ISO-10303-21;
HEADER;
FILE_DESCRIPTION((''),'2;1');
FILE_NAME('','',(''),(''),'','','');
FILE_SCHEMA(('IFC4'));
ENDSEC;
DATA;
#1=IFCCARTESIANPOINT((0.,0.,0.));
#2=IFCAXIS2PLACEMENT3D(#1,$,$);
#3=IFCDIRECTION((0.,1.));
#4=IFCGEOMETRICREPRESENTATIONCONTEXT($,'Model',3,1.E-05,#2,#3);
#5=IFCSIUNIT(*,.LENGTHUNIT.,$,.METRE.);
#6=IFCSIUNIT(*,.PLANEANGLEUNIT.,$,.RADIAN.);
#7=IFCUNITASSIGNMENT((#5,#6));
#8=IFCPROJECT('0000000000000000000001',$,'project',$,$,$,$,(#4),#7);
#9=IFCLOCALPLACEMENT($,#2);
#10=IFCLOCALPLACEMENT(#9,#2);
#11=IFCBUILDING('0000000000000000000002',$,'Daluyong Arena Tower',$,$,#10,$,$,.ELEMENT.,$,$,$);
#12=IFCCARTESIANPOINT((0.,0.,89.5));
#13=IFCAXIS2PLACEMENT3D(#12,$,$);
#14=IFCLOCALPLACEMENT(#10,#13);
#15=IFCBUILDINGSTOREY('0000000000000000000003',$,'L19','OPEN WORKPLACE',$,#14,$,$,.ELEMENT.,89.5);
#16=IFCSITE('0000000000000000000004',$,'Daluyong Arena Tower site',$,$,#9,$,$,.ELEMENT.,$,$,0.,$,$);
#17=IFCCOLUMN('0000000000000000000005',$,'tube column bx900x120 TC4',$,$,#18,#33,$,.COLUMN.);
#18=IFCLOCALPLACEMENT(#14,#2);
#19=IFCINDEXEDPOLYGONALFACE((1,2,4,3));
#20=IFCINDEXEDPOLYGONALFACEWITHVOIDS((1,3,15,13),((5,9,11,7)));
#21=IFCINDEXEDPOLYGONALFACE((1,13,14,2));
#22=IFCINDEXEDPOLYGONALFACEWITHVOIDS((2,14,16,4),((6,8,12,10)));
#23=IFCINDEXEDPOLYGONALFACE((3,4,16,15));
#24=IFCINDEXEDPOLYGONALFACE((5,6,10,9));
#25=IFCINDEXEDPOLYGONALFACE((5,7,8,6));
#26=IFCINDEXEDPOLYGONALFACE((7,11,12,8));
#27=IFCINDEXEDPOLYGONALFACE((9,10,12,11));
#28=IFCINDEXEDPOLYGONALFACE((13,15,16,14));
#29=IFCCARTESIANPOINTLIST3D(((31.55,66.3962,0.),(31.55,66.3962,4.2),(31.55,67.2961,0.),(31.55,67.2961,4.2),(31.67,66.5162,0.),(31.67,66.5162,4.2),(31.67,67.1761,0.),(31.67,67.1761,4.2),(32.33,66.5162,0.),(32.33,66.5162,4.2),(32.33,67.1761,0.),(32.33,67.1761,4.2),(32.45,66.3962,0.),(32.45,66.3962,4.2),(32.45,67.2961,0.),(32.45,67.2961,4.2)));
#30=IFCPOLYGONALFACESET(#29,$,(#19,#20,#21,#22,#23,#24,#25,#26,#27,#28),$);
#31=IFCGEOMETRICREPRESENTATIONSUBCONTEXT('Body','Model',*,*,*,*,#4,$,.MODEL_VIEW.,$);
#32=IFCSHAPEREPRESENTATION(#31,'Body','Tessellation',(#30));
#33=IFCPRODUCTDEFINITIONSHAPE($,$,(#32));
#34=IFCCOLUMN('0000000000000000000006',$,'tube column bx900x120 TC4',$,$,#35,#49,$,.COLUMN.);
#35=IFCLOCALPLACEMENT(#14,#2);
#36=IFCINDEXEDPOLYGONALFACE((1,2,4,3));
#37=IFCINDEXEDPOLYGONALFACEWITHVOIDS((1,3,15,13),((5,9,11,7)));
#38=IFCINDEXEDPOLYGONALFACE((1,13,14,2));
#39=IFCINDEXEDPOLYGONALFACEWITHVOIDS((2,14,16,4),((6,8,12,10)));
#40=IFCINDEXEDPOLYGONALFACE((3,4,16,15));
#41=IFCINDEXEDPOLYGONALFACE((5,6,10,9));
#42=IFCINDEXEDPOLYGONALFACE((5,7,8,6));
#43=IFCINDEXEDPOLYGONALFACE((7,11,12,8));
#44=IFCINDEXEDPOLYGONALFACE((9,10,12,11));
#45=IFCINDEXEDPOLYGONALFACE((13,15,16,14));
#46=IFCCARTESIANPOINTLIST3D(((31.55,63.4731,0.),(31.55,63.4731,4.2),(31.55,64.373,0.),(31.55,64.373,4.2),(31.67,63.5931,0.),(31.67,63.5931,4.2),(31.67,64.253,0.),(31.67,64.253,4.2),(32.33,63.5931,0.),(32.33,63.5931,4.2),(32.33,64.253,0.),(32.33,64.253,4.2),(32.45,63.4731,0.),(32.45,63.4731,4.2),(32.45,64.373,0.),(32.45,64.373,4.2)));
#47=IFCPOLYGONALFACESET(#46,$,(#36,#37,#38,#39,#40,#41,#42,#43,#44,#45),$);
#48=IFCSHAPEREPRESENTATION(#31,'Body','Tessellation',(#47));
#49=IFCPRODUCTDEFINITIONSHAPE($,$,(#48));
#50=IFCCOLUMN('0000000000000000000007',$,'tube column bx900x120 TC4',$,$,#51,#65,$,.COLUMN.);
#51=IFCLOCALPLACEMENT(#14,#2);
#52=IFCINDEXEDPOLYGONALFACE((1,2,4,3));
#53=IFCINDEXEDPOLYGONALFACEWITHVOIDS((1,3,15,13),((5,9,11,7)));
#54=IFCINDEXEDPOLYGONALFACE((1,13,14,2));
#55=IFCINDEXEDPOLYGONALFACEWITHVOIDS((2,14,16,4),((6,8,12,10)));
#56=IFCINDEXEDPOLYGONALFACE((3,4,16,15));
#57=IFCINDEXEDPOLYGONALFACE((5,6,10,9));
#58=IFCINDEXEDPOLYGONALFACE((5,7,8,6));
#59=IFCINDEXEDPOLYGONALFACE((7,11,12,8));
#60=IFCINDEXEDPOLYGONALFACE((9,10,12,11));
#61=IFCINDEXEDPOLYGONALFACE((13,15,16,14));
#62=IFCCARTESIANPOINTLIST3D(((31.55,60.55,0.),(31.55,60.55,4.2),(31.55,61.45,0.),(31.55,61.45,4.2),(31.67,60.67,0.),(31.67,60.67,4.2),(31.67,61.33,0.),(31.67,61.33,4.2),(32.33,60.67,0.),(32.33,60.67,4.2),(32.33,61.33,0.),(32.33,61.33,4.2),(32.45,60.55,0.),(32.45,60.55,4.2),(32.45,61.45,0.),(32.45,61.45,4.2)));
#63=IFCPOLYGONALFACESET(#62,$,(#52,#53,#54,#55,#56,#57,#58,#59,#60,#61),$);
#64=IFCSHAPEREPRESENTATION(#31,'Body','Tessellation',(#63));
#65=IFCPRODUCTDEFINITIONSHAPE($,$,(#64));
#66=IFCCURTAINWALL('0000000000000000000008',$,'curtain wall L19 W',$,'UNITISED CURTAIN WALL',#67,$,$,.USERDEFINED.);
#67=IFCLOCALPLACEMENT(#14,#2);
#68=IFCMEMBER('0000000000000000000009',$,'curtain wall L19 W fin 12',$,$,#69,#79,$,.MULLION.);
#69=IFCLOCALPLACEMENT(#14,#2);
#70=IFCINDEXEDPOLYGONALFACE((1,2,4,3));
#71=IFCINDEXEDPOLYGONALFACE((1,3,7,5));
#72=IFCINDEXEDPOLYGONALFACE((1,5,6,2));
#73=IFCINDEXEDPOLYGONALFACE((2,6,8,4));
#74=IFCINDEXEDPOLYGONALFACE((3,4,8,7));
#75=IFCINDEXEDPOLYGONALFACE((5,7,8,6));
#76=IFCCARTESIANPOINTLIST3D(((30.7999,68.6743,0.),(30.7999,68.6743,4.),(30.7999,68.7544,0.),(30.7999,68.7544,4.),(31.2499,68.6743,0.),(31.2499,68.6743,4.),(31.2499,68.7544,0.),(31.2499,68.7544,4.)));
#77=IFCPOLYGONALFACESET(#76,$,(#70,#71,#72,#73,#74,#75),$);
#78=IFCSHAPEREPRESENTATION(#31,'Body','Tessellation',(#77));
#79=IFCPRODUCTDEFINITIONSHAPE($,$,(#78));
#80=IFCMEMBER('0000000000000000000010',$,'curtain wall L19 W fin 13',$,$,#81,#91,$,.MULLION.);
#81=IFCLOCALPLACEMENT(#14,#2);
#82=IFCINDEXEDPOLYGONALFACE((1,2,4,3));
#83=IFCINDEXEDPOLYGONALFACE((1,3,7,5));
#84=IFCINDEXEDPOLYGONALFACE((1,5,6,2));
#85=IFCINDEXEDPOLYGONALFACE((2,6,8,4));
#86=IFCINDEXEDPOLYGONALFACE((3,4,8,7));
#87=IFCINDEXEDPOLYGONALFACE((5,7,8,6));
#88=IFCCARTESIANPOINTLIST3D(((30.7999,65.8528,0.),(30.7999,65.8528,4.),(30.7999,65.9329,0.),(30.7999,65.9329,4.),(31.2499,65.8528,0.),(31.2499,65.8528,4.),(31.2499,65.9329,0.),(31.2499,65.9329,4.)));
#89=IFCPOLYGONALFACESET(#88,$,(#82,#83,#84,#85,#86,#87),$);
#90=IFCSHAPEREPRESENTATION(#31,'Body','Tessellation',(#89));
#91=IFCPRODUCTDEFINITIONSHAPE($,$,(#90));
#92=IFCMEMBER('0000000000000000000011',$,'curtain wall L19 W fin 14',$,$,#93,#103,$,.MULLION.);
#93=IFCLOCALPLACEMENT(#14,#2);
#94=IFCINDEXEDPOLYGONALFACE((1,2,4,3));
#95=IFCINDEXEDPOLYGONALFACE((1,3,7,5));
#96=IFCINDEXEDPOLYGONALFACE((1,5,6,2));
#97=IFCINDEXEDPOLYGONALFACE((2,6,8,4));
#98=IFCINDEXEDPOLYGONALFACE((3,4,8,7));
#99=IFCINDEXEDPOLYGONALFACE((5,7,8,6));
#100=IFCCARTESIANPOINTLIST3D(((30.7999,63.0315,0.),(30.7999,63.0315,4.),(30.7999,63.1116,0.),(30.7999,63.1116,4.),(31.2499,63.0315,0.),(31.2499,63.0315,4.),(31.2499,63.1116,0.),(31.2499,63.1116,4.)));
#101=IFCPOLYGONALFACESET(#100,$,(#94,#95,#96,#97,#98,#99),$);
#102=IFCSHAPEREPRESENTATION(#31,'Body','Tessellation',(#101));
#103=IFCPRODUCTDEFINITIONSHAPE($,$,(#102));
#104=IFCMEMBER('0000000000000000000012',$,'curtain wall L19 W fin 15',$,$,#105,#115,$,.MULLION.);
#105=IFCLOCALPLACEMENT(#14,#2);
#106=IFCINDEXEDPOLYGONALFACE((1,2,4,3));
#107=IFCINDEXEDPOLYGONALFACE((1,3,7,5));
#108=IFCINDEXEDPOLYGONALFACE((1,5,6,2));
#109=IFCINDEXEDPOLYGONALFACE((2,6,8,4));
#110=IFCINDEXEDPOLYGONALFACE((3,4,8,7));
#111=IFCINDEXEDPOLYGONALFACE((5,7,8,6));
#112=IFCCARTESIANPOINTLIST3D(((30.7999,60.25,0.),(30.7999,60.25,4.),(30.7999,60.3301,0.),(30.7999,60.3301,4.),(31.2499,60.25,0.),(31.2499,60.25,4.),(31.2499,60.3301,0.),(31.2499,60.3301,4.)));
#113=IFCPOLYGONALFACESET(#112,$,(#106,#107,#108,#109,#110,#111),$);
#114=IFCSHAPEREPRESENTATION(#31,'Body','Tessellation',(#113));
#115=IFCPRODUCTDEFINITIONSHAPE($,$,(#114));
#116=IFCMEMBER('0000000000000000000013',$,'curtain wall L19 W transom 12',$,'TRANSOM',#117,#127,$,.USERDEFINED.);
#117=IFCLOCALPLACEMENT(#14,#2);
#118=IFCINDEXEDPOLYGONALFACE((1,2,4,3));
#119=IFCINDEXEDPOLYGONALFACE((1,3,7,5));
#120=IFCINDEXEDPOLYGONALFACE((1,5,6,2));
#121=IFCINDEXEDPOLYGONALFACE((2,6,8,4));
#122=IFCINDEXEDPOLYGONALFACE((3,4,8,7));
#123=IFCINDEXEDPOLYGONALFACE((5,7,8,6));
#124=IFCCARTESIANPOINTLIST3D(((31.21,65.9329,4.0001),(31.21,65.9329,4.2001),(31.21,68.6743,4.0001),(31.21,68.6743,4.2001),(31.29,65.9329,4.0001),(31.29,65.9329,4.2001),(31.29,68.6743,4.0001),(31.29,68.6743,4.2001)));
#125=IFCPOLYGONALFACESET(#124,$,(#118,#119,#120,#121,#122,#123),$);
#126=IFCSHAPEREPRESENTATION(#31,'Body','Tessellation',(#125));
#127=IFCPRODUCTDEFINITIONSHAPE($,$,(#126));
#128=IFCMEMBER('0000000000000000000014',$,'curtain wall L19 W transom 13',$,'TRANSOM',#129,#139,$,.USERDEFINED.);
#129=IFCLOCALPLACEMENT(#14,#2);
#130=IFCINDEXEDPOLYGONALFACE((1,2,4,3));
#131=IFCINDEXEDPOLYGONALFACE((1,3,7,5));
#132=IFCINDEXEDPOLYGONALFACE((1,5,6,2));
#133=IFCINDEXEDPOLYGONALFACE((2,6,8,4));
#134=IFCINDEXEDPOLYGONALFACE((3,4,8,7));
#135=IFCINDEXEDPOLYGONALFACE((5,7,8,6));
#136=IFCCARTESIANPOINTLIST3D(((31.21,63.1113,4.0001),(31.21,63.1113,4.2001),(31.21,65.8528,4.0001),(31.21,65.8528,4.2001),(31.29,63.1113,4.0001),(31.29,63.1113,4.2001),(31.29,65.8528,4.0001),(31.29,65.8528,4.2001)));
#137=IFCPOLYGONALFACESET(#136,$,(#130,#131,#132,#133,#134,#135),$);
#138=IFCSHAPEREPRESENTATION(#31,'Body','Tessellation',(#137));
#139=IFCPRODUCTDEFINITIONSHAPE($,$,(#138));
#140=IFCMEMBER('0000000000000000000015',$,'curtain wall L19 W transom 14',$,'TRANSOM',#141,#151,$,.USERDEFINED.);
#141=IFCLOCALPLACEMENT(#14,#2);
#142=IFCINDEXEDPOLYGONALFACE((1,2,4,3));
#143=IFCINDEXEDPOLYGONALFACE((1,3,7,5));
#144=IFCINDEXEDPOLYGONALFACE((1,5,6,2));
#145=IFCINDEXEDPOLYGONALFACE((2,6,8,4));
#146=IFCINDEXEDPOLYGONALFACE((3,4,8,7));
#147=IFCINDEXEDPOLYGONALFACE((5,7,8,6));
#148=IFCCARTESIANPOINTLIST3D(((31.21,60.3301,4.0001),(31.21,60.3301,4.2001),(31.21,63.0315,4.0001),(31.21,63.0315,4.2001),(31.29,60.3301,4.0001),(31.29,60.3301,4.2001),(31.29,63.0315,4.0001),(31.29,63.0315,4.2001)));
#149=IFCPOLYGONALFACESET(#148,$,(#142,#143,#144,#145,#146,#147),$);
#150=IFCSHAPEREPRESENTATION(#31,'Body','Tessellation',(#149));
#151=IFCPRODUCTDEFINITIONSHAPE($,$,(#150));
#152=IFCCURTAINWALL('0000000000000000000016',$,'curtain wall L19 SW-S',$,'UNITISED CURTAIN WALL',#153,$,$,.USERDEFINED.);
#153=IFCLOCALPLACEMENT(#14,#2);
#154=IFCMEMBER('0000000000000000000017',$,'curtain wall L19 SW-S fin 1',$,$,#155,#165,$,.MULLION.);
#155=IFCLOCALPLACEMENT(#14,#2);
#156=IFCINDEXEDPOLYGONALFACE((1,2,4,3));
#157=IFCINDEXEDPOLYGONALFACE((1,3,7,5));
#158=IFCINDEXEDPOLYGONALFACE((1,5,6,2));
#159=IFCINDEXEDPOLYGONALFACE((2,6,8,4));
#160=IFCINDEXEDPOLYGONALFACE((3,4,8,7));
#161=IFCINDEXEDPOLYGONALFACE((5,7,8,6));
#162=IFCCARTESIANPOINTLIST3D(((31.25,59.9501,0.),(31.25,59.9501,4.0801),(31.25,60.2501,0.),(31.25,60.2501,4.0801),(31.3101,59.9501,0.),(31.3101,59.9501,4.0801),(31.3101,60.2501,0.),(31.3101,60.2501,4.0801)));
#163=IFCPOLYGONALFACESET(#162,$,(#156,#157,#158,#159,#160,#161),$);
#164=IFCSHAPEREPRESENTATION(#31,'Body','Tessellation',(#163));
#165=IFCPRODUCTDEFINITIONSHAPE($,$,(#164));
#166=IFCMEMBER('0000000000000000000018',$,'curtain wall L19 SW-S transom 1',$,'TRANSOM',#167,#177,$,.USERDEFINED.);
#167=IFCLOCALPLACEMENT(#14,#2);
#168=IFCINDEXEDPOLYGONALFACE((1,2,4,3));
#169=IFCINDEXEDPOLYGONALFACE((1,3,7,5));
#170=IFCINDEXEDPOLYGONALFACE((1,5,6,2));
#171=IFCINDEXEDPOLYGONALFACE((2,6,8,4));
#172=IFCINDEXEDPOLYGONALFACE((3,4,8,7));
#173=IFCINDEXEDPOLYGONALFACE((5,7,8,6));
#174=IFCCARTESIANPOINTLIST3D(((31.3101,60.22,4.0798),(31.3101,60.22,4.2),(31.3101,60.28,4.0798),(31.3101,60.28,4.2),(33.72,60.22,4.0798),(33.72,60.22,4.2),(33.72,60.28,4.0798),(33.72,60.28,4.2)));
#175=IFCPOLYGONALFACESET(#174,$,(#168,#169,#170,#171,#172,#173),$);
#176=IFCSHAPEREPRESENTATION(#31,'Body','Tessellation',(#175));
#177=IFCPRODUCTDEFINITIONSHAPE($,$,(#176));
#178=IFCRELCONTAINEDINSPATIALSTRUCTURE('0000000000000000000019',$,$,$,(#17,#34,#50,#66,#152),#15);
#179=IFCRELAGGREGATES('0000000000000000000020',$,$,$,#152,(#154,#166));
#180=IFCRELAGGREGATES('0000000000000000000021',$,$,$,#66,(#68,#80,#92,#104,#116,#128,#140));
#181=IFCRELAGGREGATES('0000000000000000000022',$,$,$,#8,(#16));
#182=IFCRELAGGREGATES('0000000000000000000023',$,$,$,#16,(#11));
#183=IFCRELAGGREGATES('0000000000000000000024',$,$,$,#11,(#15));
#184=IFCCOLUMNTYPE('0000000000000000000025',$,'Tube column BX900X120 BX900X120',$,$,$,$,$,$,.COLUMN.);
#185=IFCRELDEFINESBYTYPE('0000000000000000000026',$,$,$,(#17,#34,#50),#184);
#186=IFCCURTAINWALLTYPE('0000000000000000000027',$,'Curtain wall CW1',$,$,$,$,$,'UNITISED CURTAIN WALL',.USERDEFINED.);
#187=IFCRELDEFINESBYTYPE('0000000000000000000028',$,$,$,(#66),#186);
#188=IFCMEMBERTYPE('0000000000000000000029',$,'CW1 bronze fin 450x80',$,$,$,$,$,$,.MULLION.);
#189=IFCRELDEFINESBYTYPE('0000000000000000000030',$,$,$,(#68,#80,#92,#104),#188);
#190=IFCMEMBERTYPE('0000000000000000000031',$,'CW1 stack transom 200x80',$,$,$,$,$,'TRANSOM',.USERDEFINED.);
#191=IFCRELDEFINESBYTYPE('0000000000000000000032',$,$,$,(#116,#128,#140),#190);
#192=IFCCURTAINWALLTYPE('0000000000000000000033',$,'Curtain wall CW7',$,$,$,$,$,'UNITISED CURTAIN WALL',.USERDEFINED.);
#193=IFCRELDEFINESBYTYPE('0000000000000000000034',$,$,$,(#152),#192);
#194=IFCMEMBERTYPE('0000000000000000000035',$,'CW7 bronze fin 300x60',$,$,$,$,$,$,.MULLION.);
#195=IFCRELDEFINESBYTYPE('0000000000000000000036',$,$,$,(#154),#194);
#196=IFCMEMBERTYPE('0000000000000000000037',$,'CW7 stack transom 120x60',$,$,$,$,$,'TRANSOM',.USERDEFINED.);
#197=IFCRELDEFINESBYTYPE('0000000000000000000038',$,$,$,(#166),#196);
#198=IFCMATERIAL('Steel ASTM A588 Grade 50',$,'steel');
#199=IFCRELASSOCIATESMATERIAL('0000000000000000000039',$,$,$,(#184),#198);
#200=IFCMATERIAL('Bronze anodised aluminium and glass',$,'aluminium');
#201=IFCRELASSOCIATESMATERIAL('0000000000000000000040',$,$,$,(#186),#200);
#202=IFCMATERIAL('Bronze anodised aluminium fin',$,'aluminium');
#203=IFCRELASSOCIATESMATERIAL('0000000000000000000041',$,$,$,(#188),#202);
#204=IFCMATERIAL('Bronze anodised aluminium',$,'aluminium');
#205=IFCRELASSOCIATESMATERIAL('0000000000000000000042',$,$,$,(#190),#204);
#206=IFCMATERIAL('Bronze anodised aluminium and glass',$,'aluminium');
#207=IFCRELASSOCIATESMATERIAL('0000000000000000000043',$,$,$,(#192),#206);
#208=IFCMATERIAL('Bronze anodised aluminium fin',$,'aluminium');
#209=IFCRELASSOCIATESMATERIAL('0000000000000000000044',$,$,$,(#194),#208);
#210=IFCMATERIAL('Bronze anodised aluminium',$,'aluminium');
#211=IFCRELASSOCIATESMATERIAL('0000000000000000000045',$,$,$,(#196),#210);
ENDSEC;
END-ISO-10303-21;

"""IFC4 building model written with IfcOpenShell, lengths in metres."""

from ifc_helpers import new_model, si_unit, direction, frame, origin, origin_2d, place, context, subcontext, project, spatial, rectangle, hollow_rectangle, extrude, material, material_profile, profile_set, type_object, element, aggregate, save


model = new_model("IFC4")

# Units and contexts
model_context = context("Model", 3, precision=1e-05, world=origin(), true_north=direction((0.0, 1.0)))
body_context = subcontext(model_context, "Body", "Model", "MODEL_VIEW")
ifc_project = project(units=[si_unit("LENGTHUNIT", "METRE"), si_unit("PLANEANGLEUNIT", "RADIAN")], contexts=[model_context])

# Site, building, storey
site_placement = place(None, origin())
site = spatial("IfcSite", under=ifc_project, at=site_placement, Name="Daluyong Arena Tower site", CompositionType="ELEMENT", RefElevation=0.0)
building_placement = place(site_placement, origin())
building = spatial("IfcBuilding", under=site, at=building_placement, Name="Daluyong Arena Tower", CompositionType="ELEMENT")
storey_placement = place(building_placement, frame((0.0, 0.0, 89.5)))
storey = spatial("IfcBuildingStorey", under=building, at=storey_placement, Name="L19", Description="OPEN WORKPLACE", CompositionType="ELEMENT", Elevation=89.5)

# Columns
ifc_material_1 = material(Name="Steel ASTM A588 Grade 50", Category="steel")
ifc_material_profile_1 = material_profile(ifc_material_1, hollow_rectangle(XDim=0.8999, YDim=0.8999, WallThickness=0.12, at=origin_2d()))
ifc_profile_set_1 = profile_set([ifc_material_profile_1], Name="Steel ASTM A588 Grade 50")
column_type = type_object("IfcColumnType", Name="Tube column BX900X120 BX900X120", PredefinedType="COLUMN", material=ifc_profile_set_1)
for number, where, z_axis, x_axis, name in (
    (1, (32.0, 66.8462, 0.0), (0.0, 0.0, 1.0), (0.0, 1.0, 0.0), "tube column bx900x120 TC4"),
    (2, (32.0, 63.9231, 0.0), (0.0, 0.0, 1.0), (0.0, 1.0, 0.0), "tube column bx900x120 TC4"),
    (3, (32.0, 61.0, 0.0), (0.0, 0.0, 1.0), (1.0, 0.0, 0.0), "tube column bx900x120 TC4"),
):
    element("IfcColumn", number, at=place(storey_placement, frame(where, z_axis=z_axis, x_axis=x_axis)), inside=storey, type_object=column_type, Name=name, PredefinedType="COLUMN", context=body_context, shape_type="SweptSolid", body=[
        extrude(hollow_rectangle(XDim=0.8999, YDim=0.8999, WallThickness=0.12, at=origin_2d()), origin(), (0.0, 0.0, 1.0), 4.2),
    ])

# Curtain walls, members
ifc_material_2 = material(Name="Bronze anodised aluminium and glass", Category="aluminium")
curtain_wall_type_1 = type_object("IfcCurtainWallType", Name="Curtain wall CW1", ElementType="UNITISED CURTAIN WALL", PredefinedType="USERDEFINED", material=ifc_material_2)
curtain_wall_1_placement = place(storey_placement, origin())
curtain_wall_1 = element("IfcCurtainWall", 4, at=curtain_wall_1_placement, inside=storey, type_object=curtain_wall_type_1, Name="curtain wall L19 W", ObjectType="UNITISED CURTAIN WALL", PredefinedType="USERDEFINED")
ifc_material_3 = material(Name="Bronze anodised aluminium fin", Category="aluminium")
ifc_material_profile_2 = material_profile(ifc_material_3, rectangle(XDim=0.45, YDim=0.0801, at=origin_2d()))
ifc_profile_set_2 = profile_set([ifc_material_profile_2], Name="Bronze anodised aluminium fin")
member_type_1 = type_object("IfcMemberType", Name="CW1 bronze fin 450x80", PredefinedType="MULLION", material=ifc_profile_set_2)
member_1_placement = place(storey_placement, frame((31.0249, 68.7144, 0.0), z_axis=(0.0, 0.0, 1.0), x_axis=(1.0, 0.0, 0.0)))
member_1 = element("IfcMember", 5, at=member_1_placement, type_object=member_type_1, Name="curtain wall L19 W fin 12", PredefinedType="MULLION", context=body_context, shape_type="SweptSolid", body=[
    extrude(rectangle(XDim=0.45, YDim=0.0801, at=origin_2d()), origin(), (0.0, 0.0, 1.0), 4.0),
])
member_2_placement = place(storey_placement, frame((31.0249, 65.8928, 0.0), z_axis=(0.0, 0.0, 1.0), x_axis=(1.0, 0.0, 0.0)))
member_2 = element("IfcMember", 6, at=member_2_placement, type_object=member_type_1, Name="curtain wall L19 W fin 13", PredefinedType="MULLION", context=body_context, shape_type="SweptSolid", body=[
    extrude(rectangle(XDim=0.45, YDim=0.0801, at=origin_2d()), origin(), (0.0, 0.0, 1.0), 4.0),
])
member_3_placement = place(storey_placement, frame((31.0249, 63.0715, 0.0), z_axis=(0.0, 0.0, 1.0), x_axis=(1.0, 0.0, 0.0)))
member_3 = element("IfcMember", 7, at=member_3_placement, type_object=member_type_1, Name="curtain wall L19 W fin 14", PredefinedType="MULLION", context=body_context, shape_type="SweptSolid", body=[
    extrude(rectangle(XDim=0.45, YDim=0.0801, at=origin_2d()), origin(), (0.0, 0.0, 1.0), 4.0),
])
member_4_placement = place(storey_placement, frame((31.0249, 60.29, 0.0), z_axis=(0.0, 0.0, 1.0), x_axis=(1.0, 0.0, 0.0)))
member_4 = element("IfcMember", 8, at=member_4_placement, type_object=member_type_1, Name="curtain wall L19 W fin 15", PredefinedType="MULLION", context=body_context, shape_type="SweptSolid", body=[
    extrude(rectangle(XDim=0.45, YDim=0.0801, at=origin_2d()), origin(), (0.0, 0.0, 1.0), 4.0),
])
ifc_material_4 = material(Name="Bronze anodised aluminium", Category="aluminium")
ifc_material_profile_3 = material_profile(ifc_material_4, rectangle(XDim=0.0801, YDim=0.2, at=origin_2d()))
ifc_profile_set_3 = profile_set([ifc_material_profile_3], Name="Bronze anodised aluminium")
member_type_2 = type_object("IfcMemberType", Name="CW1 stack transom 200x80", ElementType="TRANSOM", PredefinedType="USERDEFINED", material=ifc_profile_set_3)
member_5_placement = place(storey_placement, frame((31.25, 68.6743, 4.1001), z_axis=(0.0, -1.0, 0.0), x_axis=(1.0, 0.0, 0.0)))
member_5 = element("IfcMember", 9, at=member_5_placement, type_object=member_type_2, Name="curtain wall L19 W transom 12", ObjectType="TRANSOM", PredefinedType="USERDEFINED", context=body_context, shape_type="SweptSolid", body=[
    extrude(rectangle(XDim=0.0801, YDim=0.2, at=origin_2d()), origin(), (0.0, 0.0, 1.0), 2.7415),
])
member_6_placement = place(storey_placement, frame((31.25, 65.8528, 4.1001), z_axis=(0.0, -1.0, 0.0), x_axis=(1.0, 0.0, 0.0)))
member_6 = element("IfcMember", 10, at=member_6_placement, type_object=member_type_2, Name="curtain wall L19 W transom 13", ObjectType="TRANSOM", PredefinedType="USERDEFINED", context=body_context, shape_type="SweptSolid", body=[
    extrude(rectangle(XDim=0.0801, YDim=0.2, at=origin_2d()), origin(), (0.0, 0.0, 1.0), 2.7415),
])
member_7_placement = place(storey_placement, frame((31.25, 63.0315, 4.1001), z_axis=(0.0, -1.0, 0.0), x_axis=(1.0, 0.0, 0.0)))
member_7 = element("IfcMember", 11, at=member_7_placement, type_object=member_type_2, Name="curtain wall L19 W transom 14", ObjectType="TRANSOM", PredefinedType="USERDEFINED", context=body_context, shape_type="SweptSolid", body=[
    extrude(rectangle(XDim=0.0801, YDim=0.2, at=origin_2d()), origin(), (0.0, 0.0, 1.0), 2.7014),
])
ifc_material_5 = material(Name="Bronze anodised aluminium and glass", Category="aluminium")
curtain_wall_type_2 = type_object("IfcCurtainWallType", Name="Curtain wall CW7", ElementType="UNITISED CURTAIN WALL", PredefinedType="USERDEFINED", material=ifc_material_5)
curtain_wall_2_placement = place(storey_placement, origin())
curtain_wall_2 = element("IfcCurtainWall", 12, at=curtain_wall_2_placement, inside=storey, type_object=curtain_wall_type_2, Name="curtain wall L19 SW-S", ObjectType="UNITISED CURTAIN WALL", PredefinedType="USERDEFINED")
ifc_material_6 = material(Name="Bronze anodised aluminium fin", Category="aluminium")
ifc_material_profile_4 = material_profile(ifc_material_6, rectangle(XDim=0.3, YDim=0.0601, at=origin_2d()))
ifc_profile_set_4 = profile_set([ifc_material_profile_4], Name="Bronze anodised aluminium fin")
member_type_3 = type_object("IfcMemberType", Name="CW7 bronze fin 300x60", PredefinedType="MULLION", material=ifc_profile_set_4)
member_8_placement = place(storey_placement, frame((31.28, 60.1001, 0.0), z_axis=(0.0, 0.0, 1.0), x_axis=(0.0, 1.0, 0.0)))
member_8 = element("IfcMember", 13, at=member_8_placement, type_object=member_type_3, Name="curtain wall L19 SW-S fin 1", PredefinedType="MULLION", context=body_context, shape_type="SweptSolid", body=[
    extrude(rectangle(XDim=0.3, YDim=0.0601, at=origin_2d()), origin(), (0.0, 0.0, 1.0), 4.0801),
])
ifc_material_7 = material(Name="Bronze anodised aluminium", Category="aluminium")
ifc_material_profile_5 = material_profile(ifc_material_7, rectangle(XDim=0.0601, YDim=0.1201, at=origin_2d()))
ifc_profile_set_5 = profile_set([ifc_material_profile_5], Name="Bronze anodised aluminium")
member_type_4 = type_object("IfcMemberType", Name="CW7 stack transom 120x60", ElementType="TRANSOM", PredefinedType="USERDEFINED", material=ifc_profile_set_5)
member_9_placement = place(storey_placement, frame((31.3101, 60.25, 4.1399), z_axis=(1.0, 0.0, 0.0), x_axis=(0.0, 1.0, 0.0)))
member_9 = element("IfcMember", 14, at=member_9_placement, type_object=member_type_4, Name="curtain wall L19 SW-S transom 1", ObjectType="TRANSOM", PredefinedType="USERDEFINED", context=body_context, shape_type="SweptSolid", body=[
    extrude(rectangle(XDim=0.0601, YDim=0.1201, at=origin_2d()), origin(), (0.0, 0.0, 1.0), 2.4099),
])
aggregate(curtain_wall_2, [member_8, member_9])

aggregate(curtain_wall_1, [member_1, member_2, member_3, member_4, member_5, member_6, member_7])

save(model, "model.ifc")
